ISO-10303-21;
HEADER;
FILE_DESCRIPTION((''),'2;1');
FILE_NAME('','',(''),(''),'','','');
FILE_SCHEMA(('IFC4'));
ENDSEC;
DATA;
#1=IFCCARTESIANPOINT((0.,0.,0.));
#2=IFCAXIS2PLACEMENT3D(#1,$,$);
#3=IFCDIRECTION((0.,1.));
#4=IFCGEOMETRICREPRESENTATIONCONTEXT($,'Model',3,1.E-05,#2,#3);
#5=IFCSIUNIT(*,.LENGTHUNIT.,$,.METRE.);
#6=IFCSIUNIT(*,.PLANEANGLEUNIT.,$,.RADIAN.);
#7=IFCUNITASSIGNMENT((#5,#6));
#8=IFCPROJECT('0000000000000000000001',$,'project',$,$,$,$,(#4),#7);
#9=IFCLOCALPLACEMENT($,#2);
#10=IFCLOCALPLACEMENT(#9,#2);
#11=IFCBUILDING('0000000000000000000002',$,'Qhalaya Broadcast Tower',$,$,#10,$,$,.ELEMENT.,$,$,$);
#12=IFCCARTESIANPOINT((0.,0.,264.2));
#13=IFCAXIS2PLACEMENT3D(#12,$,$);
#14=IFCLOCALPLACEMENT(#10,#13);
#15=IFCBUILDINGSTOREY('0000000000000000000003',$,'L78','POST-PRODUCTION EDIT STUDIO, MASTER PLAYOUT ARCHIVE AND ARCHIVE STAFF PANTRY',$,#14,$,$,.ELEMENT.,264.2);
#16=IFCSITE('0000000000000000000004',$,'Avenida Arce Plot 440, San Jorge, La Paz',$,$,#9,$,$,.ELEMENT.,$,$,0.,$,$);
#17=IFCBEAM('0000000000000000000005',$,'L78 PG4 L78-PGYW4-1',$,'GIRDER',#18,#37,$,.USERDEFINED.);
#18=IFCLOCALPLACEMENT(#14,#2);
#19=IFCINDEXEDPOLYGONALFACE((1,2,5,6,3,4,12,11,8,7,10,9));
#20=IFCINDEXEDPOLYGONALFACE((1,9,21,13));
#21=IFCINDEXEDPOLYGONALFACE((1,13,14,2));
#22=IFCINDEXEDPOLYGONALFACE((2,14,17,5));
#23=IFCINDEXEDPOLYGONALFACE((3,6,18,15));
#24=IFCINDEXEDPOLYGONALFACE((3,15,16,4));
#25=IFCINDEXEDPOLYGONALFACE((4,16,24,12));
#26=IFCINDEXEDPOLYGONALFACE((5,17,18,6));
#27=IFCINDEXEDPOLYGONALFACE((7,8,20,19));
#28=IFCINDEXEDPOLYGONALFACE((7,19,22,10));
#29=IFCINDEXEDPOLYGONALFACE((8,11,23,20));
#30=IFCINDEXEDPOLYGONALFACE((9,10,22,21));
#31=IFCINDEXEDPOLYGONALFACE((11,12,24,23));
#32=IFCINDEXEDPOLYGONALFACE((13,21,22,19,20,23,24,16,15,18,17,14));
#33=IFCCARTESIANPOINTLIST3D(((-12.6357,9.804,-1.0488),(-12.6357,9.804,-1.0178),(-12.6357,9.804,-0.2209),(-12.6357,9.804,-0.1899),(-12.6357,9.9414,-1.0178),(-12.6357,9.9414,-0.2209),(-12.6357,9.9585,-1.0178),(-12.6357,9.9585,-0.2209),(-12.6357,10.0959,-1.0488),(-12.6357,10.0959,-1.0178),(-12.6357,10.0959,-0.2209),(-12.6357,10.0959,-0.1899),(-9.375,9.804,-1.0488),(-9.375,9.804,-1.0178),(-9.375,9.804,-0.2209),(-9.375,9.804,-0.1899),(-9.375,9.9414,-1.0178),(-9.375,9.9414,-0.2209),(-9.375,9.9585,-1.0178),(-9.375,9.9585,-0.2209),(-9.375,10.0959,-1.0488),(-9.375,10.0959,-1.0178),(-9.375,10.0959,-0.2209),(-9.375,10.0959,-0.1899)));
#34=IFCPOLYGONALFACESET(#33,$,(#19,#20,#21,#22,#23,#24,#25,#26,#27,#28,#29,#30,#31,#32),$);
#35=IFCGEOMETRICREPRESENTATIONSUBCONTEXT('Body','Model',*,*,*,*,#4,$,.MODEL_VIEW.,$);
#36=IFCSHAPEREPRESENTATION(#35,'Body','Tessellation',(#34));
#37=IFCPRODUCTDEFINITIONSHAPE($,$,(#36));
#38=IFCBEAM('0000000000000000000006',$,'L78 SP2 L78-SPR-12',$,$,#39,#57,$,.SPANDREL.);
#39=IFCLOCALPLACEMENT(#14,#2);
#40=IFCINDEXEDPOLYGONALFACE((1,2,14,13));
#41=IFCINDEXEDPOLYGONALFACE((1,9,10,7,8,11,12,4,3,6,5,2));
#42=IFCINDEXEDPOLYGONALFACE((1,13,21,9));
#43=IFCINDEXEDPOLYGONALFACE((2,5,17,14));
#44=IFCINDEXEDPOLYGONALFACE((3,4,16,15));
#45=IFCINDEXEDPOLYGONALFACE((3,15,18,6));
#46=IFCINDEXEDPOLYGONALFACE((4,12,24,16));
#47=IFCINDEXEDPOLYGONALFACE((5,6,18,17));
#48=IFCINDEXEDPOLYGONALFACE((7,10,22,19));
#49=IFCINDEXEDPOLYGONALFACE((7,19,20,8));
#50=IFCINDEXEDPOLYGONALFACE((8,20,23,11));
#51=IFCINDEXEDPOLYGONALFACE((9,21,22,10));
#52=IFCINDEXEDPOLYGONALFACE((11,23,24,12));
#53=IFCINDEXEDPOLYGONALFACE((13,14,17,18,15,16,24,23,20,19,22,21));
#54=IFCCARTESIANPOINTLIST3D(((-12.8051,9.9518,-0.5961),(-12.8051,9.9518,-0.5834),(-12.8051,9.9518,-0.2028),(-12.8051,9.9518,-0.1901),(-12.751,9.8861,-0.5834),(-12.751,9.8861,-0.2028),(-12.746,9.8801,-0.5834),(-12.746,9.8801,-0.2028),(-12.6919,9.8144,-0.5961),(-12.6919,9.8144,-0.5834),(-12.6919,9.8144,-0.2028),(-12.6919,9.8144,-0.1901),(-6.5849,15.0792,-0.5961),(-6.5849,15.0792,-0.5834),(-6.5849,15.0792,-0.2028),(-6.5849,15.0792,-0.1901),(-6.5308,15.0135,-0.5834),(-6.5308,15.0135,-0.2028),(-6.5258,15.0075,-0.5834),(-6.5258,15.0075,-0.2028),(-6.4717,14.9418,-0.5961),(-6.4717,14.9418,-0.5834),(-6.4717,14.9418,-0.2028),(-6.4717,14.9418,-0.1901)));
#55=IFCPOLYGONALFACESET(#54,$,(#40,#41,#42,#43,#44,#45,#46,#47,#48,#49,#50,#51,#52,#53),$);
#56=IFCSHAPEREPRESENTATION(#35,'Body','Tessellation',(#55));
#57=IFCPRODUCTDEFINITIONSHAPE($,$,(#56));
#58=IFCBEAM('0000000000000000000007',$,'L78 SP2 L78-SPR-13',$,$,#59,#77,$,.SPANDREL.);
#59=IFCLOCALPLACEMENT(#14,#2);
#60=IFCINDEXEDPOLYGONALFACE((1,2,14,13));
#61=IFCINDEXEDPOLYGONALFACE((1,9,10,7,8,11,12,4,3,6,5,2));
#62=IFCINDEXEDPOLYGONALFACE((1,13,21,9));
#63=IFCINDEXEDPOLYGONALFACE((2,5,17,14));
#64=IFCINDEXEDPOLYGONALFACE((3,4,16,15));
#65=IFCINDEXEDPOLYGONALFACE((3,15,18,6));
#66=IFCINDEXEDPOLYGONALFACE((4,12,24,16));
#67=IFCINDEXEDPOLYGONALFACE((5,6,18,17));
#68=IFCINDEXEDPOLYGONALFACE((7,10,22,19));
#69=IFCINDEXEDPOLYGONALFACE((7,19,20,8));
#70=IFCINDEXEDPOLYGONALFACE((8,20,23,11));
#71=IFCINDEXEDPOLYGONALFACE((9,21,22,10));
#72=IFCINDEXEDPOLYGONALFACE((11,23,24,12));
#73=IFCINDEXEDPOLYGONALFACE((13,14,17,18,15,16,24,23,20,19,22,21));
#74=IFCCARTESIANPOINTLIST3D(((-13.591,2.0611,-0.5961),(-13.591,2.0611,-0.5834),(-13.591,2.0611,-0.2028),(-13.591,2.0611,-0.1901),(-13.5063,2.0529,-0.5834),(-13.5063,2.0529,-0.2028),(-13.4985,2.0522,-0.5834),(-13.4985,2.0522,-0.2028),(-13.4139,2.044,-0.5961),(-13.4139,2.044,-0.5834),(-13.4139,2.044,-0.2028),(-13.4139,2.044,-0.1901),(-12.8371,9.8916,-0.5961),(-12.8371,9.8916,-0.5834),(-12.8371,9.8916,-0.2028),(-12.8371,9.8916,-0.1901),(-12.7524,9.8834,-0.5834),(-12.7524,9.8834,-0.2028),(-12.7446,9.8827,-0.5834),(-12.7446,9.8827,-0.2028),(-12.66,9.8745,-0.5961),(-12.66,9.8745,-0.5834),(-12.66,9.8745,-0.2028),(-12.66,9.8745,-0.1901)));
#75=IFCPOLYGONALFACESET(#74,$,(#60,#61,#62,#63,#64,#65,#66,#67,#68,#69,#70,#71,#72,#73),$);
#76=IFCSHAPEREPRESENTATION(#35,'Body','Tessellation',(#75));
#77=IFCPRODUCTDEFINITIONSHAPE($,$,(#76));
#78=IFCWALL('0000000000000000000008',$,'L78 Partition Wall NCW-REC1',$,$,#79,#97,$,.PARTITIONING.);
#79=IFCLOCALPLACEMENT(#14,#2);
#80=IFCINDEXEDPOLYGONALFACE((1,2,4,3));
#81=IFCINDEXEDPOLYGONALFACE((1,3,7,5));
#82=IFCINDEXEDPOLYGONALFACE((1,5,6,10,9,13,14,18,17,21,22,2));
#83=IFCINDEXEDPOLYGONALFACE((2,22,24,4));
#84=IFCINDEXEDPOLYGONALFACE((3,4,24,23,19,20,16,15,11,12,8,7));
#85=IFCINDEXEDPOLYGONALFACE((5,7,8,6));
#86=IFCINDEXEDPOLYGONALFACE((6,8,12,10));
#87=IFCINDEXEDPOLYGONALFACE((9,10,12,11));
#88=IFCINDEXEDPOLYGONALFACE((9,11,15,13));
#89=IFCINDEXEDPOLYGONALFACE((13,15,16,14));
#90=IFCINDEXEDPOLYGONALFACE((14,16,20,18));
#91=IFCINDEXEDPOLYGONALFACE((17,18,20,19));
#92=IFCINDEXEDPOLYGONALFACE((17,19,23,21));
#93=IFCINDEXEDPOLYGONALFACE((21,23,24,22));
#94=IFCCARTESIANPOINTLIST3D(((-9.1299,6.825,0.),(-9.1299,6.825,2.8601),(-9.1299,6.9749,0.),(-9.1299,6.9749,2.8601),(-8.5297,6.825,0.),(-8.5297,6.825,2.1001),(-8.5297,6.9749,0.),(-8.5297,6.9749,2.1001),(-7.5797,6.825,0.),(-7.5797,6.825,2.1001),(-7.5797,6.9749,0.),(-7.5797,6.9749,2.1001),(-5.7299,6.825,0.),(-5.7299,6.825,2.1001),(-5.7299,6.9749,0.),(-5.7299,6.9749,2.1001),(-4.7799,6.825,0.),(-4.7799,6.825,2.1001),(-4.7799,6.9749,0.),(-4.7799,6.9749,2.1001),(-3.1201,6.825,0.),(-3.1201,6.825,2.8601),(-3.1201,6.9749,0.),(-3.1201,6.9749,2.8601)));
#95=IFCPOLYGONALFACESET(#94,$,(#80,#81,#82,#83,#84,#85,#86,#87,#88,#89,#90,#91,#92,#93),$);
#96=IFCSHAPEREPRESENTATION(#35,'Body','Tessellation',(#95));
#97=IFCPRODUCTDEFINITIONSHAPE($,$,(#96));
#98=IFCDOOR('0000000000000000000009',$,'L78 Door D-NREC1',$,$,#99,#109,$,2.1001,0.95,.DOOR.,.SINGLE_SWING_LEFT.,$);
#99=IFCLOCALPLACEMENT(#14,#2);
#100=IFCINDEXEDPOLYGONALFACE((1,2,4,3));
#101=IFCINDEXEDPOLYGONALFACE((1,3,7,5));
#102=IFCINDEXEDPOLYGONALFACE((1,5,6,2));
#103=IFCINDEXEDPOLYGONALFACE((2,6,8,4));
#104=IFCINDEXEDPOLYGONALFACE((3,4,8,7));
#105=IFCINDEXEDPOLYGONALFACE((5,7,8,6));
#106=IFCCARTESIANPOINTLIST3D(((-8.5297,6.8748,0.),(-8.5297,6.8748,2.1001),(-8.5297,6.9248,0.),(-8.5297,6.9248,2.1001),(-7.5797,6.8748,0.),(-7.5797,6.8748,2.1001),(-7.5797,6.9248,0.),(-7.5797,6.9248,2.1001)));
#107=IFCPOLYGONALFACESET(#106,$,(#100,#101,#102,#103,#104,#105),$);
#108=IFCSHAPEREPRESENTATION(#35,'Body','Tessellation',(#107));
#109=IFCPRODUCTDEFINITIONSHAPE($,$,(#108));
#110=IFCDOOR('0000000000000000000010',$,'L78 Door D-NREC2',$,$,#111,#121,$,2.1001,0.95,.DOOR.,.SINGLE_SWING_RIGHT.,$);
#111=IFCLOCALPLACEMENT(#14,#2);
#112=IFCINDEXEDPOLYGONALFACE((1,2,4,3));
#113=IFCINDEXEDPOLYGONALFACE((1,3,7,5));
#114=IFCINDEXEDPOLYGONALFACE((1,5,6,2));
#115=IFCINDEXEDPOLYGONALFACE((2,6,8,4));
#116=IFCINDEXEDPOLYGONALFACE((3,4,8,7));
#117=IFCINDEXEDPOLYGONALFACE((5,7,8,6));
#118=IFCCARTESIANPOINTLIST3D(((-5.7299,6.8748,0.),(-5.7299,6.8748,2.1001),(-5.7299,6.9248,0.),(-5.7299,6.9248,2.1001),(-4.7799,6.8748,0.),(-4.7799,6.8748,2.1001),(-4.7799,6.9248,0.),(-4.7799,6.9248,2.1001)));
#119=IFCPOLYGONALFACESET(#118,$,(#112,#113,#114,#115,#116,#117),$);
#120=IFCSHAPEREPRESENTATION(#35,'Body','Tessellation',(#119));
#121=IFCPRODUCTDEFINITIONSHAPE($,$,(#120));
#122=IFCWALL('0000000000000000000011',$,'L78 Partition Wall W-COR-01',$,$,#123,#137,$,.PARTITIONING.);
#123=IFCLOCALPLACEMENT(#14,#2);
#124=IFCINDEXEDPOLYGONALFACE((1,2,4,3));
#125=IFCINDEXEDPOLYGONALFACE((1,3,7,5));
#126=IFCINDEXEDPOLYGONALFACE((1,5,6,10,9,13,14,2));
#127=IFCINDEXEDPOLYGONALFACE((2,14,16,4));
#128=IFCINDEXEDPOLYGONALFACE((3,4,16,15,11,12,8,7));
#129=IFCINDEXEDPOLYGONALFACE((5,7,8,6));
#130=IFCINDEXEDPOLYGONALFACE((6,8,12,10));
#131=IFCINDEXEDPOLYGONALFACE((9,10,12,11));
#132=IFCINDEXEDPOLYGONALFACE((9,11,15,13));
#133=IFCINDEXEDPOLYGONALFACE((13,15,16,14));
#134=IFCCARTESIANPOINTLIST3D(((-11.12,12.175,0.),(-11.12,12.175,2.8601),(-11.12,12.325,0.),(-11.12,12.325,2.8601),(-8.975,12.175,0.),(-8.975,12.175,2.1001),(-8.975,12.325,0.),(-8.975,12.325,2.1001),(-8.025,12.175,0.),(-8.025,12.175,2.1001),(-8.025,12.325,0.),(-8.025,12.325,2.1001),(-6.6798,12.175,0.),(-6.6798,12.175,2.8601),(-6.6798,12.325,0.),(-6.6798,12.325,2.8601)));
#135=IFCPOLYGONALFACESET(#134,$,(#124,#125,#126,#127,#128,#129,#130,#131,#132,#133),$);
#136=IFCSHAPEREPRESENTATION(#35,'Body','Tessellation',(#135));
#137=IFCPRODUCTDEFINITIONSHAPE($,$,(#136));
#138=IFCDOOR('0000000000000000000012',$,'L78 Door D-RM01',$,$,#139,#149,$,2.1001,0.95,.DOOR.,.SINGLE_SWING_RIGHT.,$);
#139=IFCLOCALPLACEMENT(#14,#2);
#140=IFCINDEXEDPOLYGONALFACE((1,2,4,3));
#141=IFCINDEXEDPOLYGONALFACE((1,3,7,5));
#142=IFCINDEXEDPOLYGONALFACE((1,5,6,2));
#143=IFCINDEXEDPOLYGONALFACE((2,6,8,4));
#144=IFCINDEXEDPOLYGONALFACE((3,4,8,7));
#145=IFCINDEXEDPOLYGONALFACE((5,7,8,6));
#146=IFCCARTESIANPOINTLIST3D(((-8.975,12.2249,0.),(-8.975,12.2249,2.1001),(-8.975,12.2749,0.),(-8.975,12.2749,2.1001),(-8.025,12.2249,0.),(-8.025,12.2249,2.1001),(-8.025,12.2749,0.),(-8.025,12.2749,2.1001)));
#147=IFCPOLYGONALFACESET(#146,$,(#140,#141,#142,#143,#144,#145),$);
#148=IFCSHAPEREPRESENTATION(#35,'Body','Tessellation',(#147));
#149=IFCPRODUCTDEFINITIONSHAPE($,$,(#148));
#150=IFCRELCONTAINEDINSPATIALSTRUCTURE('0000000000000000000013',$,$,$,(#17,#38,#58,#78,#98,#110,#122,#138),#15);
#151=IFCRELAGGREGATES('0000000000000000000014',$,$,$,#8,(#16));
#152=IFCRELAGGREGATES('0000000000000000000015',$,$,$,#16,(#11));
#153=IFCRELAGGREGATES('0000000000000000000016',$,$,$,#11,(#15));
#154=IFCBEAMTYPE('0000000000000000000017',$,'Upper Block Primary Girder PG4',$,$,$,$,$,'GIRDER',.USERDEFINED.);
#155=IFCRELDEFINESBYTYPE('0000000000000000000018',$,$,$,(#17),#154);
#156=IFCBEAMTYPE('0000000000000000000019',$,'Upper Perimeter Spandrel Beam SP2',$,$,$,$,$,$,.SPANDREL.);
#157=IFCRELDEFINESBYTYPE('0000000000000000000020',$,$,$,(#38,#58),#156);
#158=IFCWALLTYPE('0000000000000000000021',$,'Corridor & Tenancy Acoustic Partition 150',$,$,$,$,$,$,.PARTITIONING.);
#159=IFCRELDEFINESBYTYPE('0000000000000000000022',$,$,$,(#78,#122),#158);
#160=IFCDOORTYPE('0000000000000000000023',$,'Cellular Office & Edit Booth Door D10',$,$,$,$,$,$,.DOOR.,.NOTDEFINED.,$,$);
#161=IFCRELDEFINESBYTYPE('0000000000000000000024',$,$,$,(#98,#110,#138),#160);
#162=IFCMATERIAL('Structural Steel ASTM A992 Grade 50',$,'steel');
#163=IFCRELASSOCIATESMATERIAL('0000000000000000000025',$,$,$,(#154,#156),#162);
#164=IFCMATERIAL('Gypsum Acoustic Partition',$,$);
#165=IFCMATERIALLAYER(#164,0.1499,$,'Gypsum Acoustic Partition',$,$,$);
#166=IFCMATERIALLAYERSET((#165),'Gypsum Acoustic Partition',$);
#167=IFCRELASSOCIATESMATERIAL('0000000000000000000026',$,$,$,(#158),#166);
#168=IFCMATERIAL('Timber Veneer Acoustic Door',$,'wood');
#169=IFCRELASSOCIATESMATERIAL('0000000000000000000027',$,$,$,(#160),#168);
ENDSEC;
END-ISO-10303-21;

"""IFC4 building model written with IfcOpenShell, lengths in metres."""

from ifc_helpers import new_model, si_unit, direction, frame, frame_2d, origin, origin_2d, place, context, subcontext, project, spatial, rectangle, i_section, extrude, material, layer, layer_set, material_profile, profile_set, type_object, element, fill, save


model = new_model("IFC4")

# Units and contexts
model_context = context("Model", 3, precision=1e-05, world=origin(), true_north=direction((0.0, 1.0)))
body_context = subcontext(model_context, "Body", "Model", "MODEL_VIEW")
ifc_project = project(units=[si_unit("LENGTHUNIT", "METRE"), si_unit("PLANEANGLEUNIT", "RADIAN")], contexts=[model_context])

# Site, building, storey
site_placement = place(None, origin())
site = spatial("IfcSite", under=ifc_project, at=site_placement, Name="Avenida Arce Plot 440, San Jorge, La Paz", CompositionType="ELEMENT", RefElevation=0.0)
building_placement = place(site_placement, origin())
building = spatial("IfcBuilding", under=site, at=building_placement, Name="Qhalaya Broadcast Tower", CompositionType="ELEMENT")
storey_placement = place(building_placement, frame((0.0, 0.0, 264.2)))
storey = spatial("IfcBuildingStorey", under=building, at=storey_placement, Name="L78", Description="POST-PRODUCTION EDIT STUDIO, MASTER PLAYOUT ARCHIVE AND ARCHIVE STAFF PANTRY", CompositionType="ELEMENT", Elevation=264.2)

# Shared definitions
ifc_material_1 = material(Name="Structural Steel ASTM A992 Grade 50", Category="steel")

# Beams
ifc_material_profile_1 = material_profile(ifc_material_1, i_section(OverallWidth=0.292, OverallDepth=0.8589, WebThickness=0.0171, FlangeThickness=0.031, at=origin_2d()), Name="W33X169")
ifc_profile_set_1 = profile_set([ifc_material_profile_1], Name="Structural Steel ASTM A992 Grade 50")
beam_type_1 = type_object("IfcBeamType", Name="Upper Block Primary Girder PG4", ElementType="GIRDER", PredefinedType="USERDEFINED", material=ifc_profile_set_1)
beam_1_placement = place(storey_placement, frame((-12.6357, 9.95, -0.6194), z_axis=(1.0, 0.0, 0.0), x_axis=(0.0, 1.0, 0.0)))
element("IfcBeam", 1, at=beam_1_placement, inside=storey, type_object=beam_type_1, Name="L78 PG4 L78-PGYW4-1", ObjectType="GIRDER", PredefinedType="USERDEFINED", context=body_context, shape_type="SweptSolid", body=[
    extrude(i_section(OverallWidth=0.292, OverallDepth=0.8589, WebThickness=0.0171, FlangeThickness=0.031, at=origin_2d()), origin(), (0.0, 0.0, 1.0), 3.2607),
])
ifc_material_profile_2 = material_profile(ifc_material_1, i_section(OverallWidth=0.178, OverallDepth=0.406, WebThickness=0.0078, FlangeThickness=0.0127, at=origin_2d()), Name="W16X40")
ifc_profile_set_2 = profile_set([ifc_material_profile_2], Name="Structural Steel ASTM A992 Grade 50")
beam_type_2 = type_object("IfcBeamType", Name="Upper Perimeter Spandrel Beam SP2", PredefinedType="SPANDREL", material=ifc_profile_set_2)
beam_2_placement = place(storey_placement, frame((-6.5283, 15.0105, -0.3931), z_axis=(-0.771631, -0.63607, 0.0), x_axis=(0.63607, -0.771631, 0.0)))
element("IfcBeam", 2, at=beam_2_placement, inside=storey, type_object=beam_type_2, Name="L78 SP2 L78-SPR-12", PredefinedType="SPANDREL", context=body_context, shape_type="SweptSolid", body=[
    extrude(i_section(OverallWidth=0.178, OverallDepth=0.406, WebThickness=0.0078, FlangeThickness=0.0127, at=origin_2d()), origin(), (0.0, 0.0, 1.0), 8.061),
])
beam_3_placement = place(storey_placement, frame((-12.7485, 9.8831, -0.3931), z_axis=(-0.095834, -0.995397, 0.0), x_axis=(0.995397, -0.095834, 0.0)))
element("IfcBeam", 3, at=beam_3_placement, inside=storey, type_object=beam_type_2, Name="L78 SP2 L78-SPR-13", PredefinedType="SPANDREL", context=body_context, shape_type="SweptSolid", body=[
    extrude(i_section(OverallWidth=0.178, OverallDepth=0.406, WebThickness=0.0078, FlangeThickness=0.0127, at=origin_2d()), origin(), (0.0, 0.0, 1.0), 7.8667),
])

# Wall, openings, doors
ifc_material_2 = material(Name="Gypsum Acoustic Partition")
ifc_layer_1 = layer(ifc_material_2, 0.1499, Name="Gypsum Acoustic Partition")
ifc_layer_set_1 = layer_set([ifc_layer_1], Name="Gypsum Acoustic Partition")
wall_type_1 = type_object("IfcWallType", Name="Corridor & Tenancy Acoustic Partition 150", PredefinedType="PARTITIONING", material=ifc_layer_set_1)
wall_1_placement = place(storey_placement, frame((-9.1299, 6.8999, 0.0), z_axis=(0.0, 0.0, 1.0), x_axis=(1.0, 0.0, 0.0)))
wall_1 = element("IfcWall", 4, at=wall_1_placement, inside=storey, type_object=wall_type_1, Name="L78 Partition Wall NCW-REC1", PredefinedType="PARTITIONING", context=body_context, shape_type="SweptSolid", body=[
    extrude(rectangle(XDim=6.0098, YDim=0.1499, at=frame_2d((3.0049, 0.0))), origin(), (0.0, 0.0, 1.0), 2.8601),
])
opening_1_placement = place(wall_1_placement, frame((0.6001, 0.0, 0.0)))
opening_1 = element("IfcOpeningElement", 5, at=opening_1_placement, cuts=wall_1, PredefinedType="OPENING", context=body_context, shape_type="SweptSolid", body=[
    extrude(rectangle(XDim=0.95, YDim=2.1001, at=frame_2d((0.4751, 1.05))), frame((0.0, 0.0869, 0.0), z_axis=(0.0, -1.0, 0.0), x_axis=(1.0, 0.0, 0.0)), (0.0, 0.0, 1.0), 0.1738),
])
opening_2_placement = place(wall_1_placement, frame((3.3999, 0.0, 0.0)))
opening_2 = element("IfcOpeningElement", 6, at=opening_2_placement, cuts=wall_1, PredefinedType="OPENING", context=body_context, shape_type="SweptSolid", body=[
    extrude(rectangle(XDim=0.95, YDim=2.1001, at=frame_2d((0.4751, 1.05))), frame((0.0, 0.0869, 0.0), z_axis=(0.0, -1.0, 0.0), x_axis=(1.0, 0.0, 0.0)), (0.0, 0.0, 1.0), 0.1738),
])
ifc_material_3 = material(Name="Timber Veneer Acoustic Door", Category="wood")
door_type = type_object("IfcDoorType", Name="Cellular Office & Edit Booth Door D10", OperationType="NOTDEFINED", PredefinedType="DOOR", material=ifc_material_3)
door_1_placement = place(opening_1_placement, origin())
door_1 = element("IfcDoor", 7, at=door_1_placement, inside=storey, type_object=door_type, Name="L78 Door D-NREC1", OperationType="SINGLE_SWING_LEFT", OverallHeight=2.1001, OverallWidth=0.95, PredefinedType="DOOR", context=body_context, shape_type="SweptSolid", body=[
    extrude(rectangle(XDim=0.95, YDim=2.1001, at=frame_2d((0.4751, 1.05))), frame((0.0, 0.0249, 0.0), z_axis=(0.0, -1.0, 0.0), x_axis=(1.0, 0.0, 0.0)), (0.0, 0.0, 1.0), 0.05),
])
fill(opening_1, door_1)
door_2_placement = place(opening_2_placement, origin())
door_2 = element("IfcDoor", 8, at=door_2_placement, inside=storey, type_object=door_type, Name="L78 Door D-NREC2", OperationType="SINGLE_SWING_RIGHT", OverallHeight=2.1001, OverallWidth=0.95, PredefinedType="DOOR", context=body_context, shape_type="SweptSolid", body=[
    extrude(rectangle(XDim=0.95, YDim=2.1001, at=frame_2d((0.4751, 1.05))), frame((0.0, 0.0249, 0.0), z_axis=(0.0, -1.0, 0.0), x_axis=(1.0, 0.0, 0.0)), (0.0, 0.0, 1.0), 0.05),
])
fill(opening_2, door_2)

# Wall, opening, door
wall_2_placement = place(storey_placement, frame((-11.1201, 12.25, 0.0), z_axis=(0.0, 0.0, 1.0), x_axis=(1.0, 0.0, 0.0)))
wall_2 = element("IfcWall", 9, at=wall_2_placement, inside=storey, type_object=wall_type_1, Name="L78 Partition Wall W-COR-01", PredefinedType="PARTITIONING", context=body_context, shape_type="SweptSolid", body=[
    extrude(rectangle(XDim=4.4402, YDim=0.1499, at=frame_2d((2.2202, 0.0))), origin(), (0.0, 0.0, 1.0), 2.8601),
])
opening_3_placement = place(wall_2_placement, frame((2.145, 0.0, 0.0)))
opening_3 = element("IfcOpeningElement", 10, at=opening_3_placement, cuts=wall_2, PredefinedType="OPENING", context=body_context, shape_type="SweptSolid", body=[
    extrude(rectangle(XDim=0.95, YDim=2.1001, at=frame_2d((0.4751, 1.05))), frame((0.0, 0.0869, 0.0), z_axis=(0.0, -1.0, 0.0), x_axis=(1.0, 0.0, 0.0)), (0.0, 0.0, 1.0), 0.1738),
])
door_3_placement = place(opening_3_placement, origin())
door_3 = element("IfcDoor", 11, at=door_3_placement, inside=storey, type_object=door_type, Name="L78 Door D-RM01", OperationType="SINGLE_SWING_RIGHT", OverallHeight=2.1001, OverallWidth=0.95, PredefinedType="DOOR", context=body_context, shape_type="SweptSolid", body=[
    extrude(rectangle(XDim=0.95, YDim=2.1001, at=frame_2d((0.4751, 1.05))), frame((0.0, 0.0249, 0.0), z_axis=(0.0, -1.0, 0.0), x_axis=(1.0, 0.0, 0.0)), (0.0, 0.0, 1.0), 0.05),
])
fill(opening_3, door_3)

save(model, "model.ifc")
